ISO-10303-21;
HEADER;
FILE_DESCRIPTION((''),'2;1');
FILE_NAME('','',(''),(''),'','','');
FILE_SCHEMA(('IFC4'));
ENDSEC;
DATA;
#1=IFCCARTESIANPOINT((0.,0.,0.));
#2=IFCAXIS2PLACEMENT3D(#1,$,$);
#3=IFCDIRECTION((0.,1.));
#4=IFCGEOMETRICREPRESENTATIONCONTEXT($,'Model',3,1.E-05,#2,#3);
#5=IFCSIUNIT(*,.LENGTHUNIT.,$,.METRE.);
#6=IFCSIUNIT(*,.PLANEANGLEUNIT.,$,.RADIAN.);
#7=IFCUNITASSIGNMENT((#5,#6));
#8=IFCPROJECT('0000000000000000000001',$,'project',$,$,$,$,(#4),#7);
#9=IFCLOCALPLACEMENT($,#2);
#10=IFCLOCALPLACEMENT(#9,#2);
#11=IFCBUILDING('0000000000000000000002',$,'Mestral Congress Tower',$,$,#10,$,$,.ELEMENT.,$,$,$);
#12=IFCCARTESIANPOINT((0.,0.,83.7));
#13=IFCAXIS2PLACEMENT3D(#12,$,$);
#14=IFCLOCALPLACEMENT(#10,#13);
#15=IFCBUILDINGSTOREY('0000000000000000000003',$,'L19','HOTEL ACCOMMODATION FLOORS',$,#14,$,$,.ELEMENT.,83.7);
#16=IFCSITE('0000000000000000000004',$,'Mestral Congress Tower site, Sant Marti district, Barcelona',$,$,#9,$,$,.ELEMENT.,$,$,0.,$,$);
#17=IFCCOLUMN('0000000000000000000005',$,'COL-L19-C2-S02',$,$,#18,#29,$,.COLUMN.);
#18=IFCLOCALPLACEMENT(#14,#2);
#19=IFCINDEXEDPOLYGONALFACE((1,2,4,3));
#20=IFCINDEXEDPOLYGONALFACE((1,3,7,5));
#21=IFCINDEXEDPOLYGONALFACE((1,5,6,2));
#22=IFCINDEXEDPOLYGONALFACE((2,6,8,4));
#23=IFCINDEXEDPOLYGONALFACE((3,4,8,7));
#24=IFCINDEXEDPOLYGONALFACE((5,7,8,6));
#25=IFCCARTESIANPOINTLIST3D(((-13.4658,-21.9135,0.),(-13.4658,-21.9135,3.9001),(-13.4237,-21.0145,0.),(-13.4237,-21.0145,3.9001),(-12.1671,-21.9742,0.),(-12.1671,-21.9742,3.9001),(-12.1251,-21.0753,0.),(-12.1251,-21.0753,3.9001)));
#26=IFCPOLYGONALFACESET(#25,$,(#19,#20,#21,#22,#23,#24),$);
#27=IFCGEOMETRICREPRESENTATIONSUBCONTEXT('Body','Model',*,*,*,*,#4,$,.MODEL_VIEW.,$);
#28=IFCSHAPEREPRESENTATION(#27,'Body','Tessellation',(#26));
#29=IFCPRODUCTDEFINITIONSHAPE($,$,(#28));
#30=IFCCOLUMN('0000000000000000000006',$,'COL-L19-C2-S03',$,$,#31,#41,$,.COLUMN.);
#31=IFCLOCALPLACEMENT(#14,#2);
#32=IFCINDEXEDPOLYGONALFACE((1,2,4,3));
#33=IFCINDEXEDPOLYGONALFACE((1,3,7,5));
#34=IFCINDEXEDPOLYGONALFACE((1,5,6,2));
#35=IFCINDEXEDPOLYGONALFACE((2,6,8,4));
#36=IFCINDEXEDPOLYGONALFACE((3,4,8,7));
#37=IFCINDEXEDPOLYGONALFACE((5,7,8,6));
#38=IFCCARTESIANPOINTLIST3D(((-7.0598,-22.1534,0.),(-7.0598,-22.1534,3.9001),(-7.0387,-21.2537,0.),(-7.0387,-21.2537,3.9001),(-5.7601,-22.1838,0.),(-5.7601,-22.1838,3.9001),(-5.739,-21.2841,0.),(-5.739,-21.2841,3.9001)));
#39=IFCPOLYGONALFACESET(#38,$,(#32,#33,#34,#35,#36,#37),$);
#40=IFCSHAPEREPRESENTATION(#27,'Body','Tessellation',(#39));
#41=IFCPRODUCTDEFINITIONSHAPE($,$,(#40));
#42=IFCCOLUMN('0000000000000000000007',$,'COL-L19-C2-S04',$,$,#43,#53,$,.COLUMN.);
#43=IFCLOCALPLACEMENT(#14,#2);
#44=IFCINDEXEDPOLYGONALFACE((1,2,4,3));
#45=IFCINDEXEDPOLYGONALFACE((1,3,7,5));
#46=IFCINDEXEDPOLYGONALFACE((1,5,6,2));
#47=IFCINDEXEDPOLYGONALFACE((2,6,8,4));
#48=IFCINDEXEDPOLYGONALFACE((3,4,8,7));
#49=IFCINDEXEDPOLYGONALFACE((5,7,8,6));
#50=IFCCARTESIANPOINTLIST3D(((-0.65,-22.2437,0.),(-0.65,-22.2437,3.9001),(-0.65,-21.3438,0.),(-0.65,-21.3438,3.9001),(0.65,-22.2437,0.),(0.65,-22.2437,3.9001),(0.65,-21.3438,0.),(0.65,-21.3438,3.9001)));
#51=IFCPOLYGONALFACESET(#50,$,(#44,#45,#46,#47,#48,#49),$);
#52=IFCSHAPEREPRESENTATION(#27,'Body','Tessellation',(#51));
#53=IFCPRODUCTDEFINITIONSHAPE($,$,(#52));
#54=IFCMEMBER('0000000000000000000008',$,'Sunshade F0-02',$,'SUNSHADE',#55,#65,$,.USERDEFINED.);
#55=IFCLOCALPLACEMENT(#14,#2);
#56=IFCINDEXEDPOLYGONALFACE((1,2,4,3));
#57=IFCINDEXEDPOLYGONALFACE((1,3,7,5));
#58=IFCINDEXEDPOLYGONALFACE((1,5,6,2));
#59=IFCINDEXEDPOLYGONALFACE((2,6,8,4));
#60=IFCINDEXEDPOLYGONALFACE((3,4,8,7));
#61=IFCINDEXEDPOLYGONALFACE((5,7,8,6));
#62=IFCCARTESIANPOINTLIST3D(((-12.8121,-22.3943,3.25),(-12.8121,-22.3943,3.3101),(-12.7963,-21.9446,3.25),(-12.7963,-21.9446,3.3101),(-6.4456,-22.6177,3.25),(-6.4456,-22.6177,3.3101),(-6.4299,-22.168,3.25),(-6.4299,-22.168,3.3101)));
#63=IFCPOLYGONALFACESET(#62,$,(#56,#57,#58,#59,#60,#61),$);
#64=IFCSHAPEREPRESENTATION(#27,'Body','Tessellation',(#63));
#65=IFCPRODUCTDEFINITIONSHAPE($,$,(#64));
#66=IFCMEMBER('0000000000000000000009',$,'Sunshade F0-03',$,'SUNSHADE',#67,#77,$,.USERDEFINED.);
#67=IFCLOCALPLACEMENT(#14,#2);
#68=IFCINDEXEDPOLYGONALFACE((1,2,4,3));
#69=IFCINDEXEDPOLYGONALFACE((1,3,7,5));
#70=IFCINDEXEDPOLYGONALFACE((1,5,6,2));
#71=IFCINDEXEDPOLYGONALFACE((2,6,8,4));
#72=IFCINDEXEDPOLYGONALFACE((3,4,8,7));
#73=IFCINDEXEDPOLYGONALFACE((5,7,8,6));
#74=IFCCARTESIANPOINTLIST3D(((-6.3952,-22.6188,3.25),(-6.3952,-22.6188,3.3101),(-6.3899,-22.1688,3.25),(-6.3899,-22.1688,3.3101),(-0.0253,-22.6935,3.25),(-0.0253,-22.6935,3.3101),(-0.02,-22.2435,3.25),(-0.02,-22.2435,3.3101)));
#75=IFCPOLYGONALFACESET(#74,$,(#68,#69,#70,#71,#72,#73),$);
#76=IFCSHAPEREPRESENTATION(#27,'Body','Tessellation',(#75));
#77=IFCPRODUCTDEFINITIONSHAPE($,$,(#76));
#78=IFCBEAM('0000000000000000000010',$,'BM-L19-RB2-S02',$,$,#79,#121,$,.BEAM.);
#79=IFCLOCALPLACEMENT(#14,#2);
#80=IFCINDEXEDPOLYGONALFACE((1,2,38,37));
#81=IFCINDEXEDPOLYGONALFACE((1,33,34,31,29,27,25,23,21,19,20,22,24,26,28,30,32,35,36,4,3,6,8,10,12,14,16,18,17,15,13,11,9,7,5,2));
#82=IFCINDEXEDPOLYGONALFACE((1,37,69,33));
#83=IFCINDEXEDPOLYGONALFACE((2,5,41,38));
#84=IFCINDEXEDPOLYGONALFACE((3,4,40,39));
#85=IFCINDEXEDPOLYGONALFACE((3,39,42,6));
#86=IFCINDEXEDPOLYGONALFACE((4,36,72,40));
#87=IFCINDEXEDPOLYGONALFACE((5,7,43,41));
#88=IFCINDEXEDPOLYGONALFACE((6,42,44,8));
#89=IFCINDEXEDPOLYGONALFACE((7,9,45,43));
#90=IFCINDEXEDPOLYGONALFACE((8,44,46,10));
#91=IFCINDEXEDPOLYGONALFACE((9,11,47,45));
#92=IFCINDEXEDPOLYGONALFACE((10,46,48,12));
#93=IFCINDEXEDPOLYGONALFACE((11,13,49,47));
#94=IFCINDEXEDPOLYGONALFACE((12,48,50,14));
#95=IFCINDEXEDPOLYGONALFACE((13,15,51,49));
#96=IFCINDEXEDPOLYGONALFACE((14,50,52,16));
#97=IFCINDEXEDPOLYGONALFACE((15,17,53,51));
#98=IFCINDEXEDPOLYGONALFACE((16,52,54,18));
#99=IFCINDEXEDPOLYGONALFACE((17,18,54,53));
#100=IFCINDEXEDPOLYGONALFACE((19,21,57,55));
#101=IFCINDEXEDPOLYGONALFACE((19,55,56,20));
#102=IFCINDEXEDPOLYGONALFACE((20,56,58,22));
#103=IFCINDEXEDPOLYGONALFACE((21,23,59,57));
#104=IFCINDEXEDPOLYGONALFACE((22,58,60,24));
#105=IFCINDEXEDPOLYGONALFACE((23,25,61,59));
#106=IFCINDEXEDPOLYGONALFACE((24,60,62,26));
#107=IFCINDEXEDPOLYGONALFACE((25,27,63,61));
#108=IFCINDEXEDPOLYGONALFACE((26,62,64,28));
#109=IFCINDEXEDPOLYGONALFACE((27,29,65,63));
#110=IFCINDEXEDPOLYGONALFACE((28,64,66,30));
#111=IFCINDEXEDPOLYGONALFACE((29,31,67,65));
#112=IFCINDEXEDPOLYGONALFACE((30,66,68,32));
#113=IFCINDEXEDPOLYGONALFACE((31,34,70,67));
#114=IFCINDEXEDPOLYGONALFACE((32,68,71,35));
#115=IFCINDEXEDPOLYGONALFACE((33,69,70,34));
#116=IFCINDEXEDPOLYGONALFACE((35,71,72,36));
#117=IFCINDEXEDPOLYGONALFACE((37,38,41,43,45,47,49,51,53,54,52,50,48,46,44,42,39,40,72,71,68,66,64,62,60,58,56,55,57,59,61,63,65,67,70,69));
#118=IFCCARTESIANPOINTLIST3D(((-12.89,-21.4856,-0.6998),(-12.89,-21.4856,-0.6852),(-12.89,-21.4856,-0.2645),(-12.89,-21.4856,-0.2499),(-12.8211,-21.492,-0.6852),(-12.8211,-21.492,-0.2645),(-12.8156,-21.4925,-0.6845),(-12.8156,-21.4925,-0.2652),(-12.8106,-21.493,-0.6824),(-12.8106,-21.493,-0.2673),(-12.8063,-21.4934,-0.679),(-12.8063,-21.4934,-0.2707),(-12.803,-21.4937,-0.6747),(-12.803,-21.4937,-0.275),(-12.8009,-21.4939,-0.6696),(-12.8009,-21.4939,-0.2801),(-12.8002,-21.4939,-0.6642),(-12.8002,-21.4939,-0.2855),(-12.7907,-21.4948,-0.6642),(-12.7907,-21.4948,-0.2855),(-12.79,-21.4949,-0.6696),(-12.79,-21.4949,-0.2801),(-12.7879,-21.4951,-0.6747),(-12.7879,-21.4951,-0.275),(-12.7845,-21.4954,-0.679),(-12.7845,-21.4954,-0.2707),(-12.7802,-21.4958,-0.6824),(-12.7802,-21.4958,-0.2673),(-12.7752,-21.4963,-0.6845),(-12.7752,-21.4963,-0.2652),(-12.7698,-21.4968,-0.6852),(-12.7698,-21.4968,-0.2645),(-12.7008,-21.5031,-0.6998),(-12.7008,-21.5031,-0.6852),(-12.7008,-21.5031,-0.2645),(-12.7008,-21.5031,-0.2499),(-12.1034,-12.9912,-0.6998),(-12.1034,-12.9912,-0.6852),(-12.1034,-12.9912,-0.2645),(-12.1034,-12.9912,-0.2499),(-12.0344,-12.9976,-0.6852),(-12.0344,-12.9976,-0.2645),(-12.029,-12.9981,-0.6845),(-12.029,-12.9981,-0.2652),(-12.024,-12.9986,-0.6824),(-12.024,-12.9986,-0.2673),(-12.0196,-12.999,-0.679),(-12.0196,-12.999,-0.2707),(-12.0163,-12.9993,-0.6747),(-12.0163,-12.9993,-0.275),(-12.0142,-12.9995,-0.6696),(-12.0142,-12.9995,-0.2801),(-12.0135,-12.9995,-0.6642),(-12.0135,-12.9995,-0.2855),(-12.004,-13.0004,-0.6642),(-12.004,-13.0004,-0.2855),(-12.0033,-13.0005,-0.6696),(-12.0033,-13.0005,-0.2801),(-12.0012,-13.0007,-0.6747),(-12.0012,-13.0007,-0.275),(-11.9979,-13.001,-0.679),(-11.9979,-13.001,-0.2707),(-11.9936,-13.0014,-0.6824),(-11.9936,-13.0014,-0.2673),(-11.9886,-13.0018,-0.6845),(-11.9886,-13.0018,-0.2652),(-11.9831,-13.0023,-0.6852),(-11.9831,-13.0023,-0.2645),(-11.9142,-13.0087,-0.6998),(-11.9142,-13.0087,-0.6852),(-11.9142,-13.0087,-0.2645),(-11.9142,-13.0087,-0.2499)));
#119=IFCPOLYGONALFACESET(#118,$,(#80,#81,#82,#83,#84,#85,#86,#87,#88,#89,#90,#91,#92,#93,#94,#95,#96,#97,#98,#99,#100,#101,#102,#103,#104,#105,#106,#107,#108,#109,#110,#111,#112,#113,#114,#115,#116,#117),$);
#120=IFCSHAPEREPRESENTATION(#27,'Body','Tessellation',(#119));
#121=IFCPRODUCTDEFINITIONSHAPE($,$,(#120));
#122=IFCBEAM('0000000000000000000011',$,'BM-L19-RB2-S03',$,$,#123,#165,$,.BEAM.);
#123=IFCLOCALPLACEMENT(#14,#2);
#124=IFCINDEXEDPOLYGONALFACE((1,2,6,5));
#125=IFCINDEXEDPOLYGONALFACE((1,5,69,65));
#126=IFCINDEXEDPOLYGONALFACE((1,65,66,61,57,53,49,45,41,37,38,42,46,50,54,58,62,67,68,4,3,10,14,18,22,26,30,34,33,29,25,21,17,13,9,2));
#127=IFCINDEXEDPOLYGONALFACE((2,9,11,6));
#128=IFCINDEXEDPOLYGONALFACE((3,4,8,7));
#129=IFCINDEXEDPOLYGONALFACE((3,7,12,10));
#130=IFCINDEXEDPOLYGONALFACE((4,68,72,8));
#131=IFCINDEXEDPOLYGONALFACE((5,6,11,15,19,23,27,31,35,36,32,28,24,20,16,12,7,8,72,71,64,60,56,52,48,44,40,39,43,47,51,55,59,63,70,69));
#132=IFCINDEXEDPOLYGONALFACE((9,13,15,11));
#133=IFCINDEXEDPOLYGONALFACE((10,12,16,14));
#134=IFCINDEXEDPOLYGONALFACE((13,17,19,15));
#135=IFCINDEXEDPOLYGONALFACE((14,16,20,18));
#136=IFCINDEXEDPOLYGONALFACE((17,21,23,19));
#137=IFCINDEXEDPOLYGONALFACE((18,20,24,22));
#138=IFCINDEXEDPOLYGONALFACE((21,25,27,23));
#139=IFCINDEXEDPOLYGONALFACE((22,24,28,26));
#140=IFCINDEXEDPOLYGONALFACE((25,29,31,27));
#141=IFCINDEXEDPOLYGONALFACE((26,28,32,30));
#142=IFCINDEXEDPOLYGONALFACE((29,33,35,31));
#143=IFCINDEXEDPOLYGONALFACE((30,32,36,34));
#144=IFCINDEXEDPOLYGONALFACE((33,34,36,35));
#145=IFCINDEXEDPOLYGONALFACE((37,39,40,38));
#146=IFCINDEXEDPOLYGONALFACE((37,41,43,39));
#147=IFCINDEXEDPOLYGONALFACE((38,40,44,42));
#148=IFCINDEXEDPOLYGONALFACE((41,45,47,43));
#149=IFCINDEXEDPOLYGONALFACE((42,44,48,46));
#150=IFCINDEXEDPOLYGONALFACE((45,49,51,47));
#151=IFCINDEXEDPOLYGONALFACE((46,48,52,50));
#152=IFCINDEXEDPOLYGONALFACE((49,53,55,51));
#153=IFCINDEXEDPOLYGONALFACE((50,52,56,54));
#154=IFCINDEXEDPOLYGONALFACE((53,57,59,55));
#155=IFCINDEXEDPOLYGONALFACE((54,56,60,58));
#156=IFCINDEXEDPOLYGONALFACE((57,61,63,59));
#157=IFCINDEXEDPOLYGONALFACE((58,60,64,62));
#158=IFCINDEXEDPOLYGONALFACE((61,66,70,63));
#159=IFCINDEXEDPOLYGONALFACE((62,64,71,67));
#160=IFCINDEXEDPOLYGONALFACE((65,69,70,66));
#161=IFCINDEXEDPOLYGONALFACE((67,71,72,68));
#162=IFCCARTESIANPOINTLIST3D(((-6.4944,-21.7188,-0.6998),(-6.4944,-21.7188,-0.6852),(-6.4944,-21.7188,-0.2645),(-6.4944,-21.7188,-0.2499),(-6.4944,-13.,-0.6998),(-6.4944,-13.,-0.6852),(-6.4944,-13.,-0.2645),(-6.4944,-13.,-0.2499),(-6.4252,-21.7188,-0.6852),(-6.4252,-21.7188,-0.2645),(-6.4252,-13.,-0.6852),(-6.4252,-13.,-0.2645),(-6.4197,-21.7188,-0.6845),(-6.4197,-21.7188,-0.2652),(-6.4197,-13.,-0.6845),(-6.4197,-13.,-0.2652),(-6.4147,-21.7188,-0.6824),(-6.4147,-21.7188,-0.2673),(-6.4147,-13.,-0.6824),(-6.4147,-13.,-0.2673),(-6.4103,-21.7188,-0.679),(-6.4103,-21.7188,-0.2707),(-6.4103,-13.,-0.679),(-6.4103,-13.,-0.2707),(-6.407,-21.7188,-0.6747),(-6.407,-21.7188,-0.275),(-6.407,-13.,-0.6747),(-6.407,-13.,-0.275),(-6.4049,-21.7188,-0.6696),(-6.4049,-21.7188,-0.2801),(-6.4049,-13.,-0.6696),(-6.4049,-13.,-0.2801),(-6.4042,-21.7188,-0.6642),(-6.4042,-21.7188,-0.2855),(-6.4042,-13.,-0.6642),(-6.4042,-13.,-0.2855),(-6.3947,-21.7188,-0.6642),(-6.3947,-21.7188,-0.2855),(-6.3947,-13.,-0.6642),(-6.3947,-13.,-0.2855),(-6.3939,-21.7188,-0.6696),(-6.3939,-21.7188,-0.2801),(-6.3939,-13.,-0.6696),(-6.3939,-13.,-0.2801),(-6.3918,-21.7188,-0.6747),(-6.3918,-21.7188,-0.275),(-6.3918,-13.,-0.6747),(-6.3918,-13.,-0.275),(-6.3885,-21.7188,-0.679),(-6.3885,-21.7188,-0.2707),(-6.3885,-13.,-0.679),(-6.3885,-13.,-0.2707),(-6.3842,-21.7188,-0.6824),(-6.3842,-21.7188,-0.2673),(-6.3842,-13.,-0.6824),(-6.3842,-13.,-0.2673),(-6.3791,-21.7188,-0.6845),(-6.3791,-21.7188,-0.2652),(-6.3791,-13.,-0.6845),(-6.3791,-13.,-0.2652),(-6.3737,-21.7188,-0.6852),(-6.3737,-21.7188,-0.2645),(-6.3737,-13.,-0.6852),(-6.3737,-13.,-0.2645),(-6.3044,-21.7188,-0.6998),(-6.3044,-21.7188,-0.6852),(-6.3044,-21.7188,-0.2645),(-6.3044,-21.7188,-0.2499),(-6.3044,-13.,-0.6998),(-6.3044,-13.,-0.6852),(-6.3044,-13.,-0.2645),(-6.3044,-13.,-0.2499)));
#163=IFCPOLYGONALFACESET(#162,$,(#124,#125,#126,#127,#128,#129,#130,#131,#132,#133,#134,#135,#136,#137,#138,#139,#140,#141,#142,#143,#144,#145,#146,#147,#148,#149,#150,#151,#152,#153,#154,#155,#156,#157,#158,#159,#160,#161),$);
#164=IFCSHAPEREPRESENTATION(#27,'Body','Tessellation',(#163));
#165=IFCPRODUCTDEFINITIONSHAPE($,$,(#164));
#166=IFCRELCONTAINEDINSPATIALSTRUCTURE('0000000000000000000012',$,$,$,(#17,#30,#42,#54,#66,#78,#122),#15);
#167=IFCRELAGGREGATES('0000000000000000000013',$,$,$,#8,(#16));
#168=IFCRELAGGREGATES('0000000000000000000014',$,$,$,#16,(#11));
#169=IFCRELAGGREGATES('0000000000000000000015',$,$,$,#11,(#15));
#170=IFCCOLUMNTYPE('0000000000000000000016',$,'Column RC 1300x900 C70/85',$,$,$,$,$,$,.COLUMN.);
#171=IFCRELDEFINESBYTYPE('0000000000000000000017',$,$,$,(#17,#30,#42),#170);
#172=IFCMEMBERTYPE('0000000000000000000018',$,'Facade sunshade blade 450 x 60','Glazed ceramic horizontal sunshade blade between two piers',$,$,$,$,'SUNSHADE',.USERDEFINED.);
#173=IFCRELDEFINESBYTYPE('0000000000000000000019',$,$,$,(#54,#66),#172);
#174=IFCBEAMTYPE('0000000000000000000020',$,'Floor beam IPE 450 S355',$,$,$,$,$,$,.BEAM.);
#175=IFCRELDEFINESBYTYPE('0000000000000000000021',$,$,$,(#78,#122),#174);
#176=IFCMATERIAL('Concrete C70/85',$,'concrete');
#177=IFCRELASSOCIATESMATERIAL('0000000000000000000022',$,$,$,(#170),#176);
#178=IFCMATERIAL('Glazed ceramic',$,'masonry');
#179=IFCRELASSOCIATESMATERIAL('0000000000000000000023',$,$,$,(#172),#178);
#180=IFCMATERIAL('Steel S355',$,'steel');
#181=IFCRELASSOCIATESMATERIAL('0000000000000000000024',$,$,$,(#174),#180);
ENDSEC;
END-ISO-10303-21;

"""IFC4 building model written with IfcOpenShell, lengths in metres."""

from ifc_helpers import new_model, si_unit, direction, frame, origin, origin_2d, place, context, subcontext, project, spatial, rectangle, i_section, extrude, material, material_profile, profile_set, type_object, element, save


model = new_model("IFC4")

# Units and contexts
model_context = context("Model", 3, precision=1e-05, world=origin(), true_north=direction((0.0, 1.0)))
body_context = subcontext(model_context, "Body", "Model", "MODEL_VIEW")
ifc_project = project(units=[si_unit("LENGTHUNIT", "METRE"), si_unit("PLANEANGLEUNIT", "RADIAN")], contexts=[model_context])

# Site, building, storey
site_placement = place(None, origin())
site = spatial("IfcSite", under=ifc_project, at=site_placement, Name="Mestral Congress Tower site, Sant Marti district, Barcelona", CompositionType="ELEMENT", RefElevation=0.0)
building_placement = place(site_placement, origin())
building = spatial("IfcBuilding", under=site, at=building_placement, Name="Mestral Congress Tower", CompositionType="ELEMENT")
storey_placement = place(building_placement, frame((0.0, 0.0, 83.7)))
storey = spatial("IfcBuildingStorey", under=building, at=storey_placement, Name="L19", Description="HOTEL ACCOMMODATION FLOORS", CompositionType="ELEMENT", Elevation=83.7)

# Columns
ifc_material_1 = material(Name="Concrete C70/85", Category="concrete")
ifc_material_profile_1 = material_profile(ifc_material_1, rectangle(XDim=1.3, YDim=0.8999, at=origin_2d()), Name="RC 1300x900")
ifc_profile_set_1 = profile_set([ifc_material_profile_1], Name="Concrete C70/85")
column_type = type_object("IfcColumnType", Name="Column RC 1300x900 C70/85", PredefinedType="COLUMN", material=ifc_profile_set_1)
for number, where, z_axis, x_axis, name in (
    (1, (-12.7954, -21.4944, 0.0), (0.0, 0.0, 1.0), (0.998906, -0.046756, 0.0), "COL-L19-C2-S02"),
    (2, (-6.3994, -21.7188, 0.0), (0.0, 0.0, 1.0), (0.999727, -0.023384, 0.0), "COL-L19-C2-S03"),
    (3, (0.0, -21.7937, 0.0), (0.0, 0.0, 1.0), (1.0, 0.0, 0.0), "COL-L19-C2-S04"),
):
    element("IfcColumn", number, at=place(storey_placement, frame(where, z_axis=z_axis, x_axis=x_axis)), inside=storey, type_object=column_type, Name=name, PredefinedType="COLUMN", context=body_context, shape_type="SweptSolid", body=[
        extrude(rectangle(XDim=1.3, YDim=0.8999, at=origin_2d()), origin(), (0.0, 0.0, 1.0), 3.9001),
    ])

# Members
ifc_material_2 = material(Name="Glazed ceramic", Category="masonry")
ifc_material_profile_2 = material_profile(ifc_material_2, rectangle(XDim=0.45, YDim=0.0601, at=origin_2d()), Name="Ceramic blade 450 x 60")
ifc_profile_set_2 = profile_set([ifc_material_profile_2], Name="Glazed ceramic")
member_type = type_object("IfcMemberType", Name="Facade sunshade blade 450 x 60", Description="Glazed ceramic horizontal sunshade blade between two piers", ElementType="SUNSHADE", PredefinedType="USERDEFINED", material=ifc_profile_set_2)
for number, where, z_axis, x_axis, name in (
    (4, (-12.8042, -22.1694, 3.28), (0.999385, -0.035067, 0.0), (0.035067, 0.999385, 0.0), "Sunshade F0-02"),
    (5, (-6.3926, -22.3938, 3.28), (0.999931, -0.011727, 0.0), (0.011727, 0.999931, 0.0), "Sunshade F0-03"),
):
    element("IfcMember", number, at=place(storey_placement, frame(where, z_axis=z_axis, x_axis=x_axis)), inside=storey, type_object=member_type, Name=name, ObjectType="SUNSHADE", PredefinedType="USERDEFINED", context=body_context, shape_type="SweptSolid", body=[
        extrude(rectangle(XDim=0.45, YDim=0.0601, at=origin_2d()), origin(), (0.0, 0.0, 1.0), 6.3704),
    ])

# Beams
ifc_material_3 = material(Name="Steel S355", Category="steel")
ifc_material_profile_3 = material_profile(ifc_material_3, i_section(OverallWidth=0.1899, OverallDepth=0.45, WebThickness=0.0095, FlangeThickness=0.0146, FilletRadius=0.021, at=origin_2d()), Name="IPE 450")
ifc_profile_set_3 = profile_set([ifc_material_profile_3], Name="Steel S355")
beam_type = type_object("IfcBeamType", Name="Floor beam IPE 450 S355", PredefinedType="BEAM", material=ifc_profile_set_3)
beam_1_placement = place(storey_placement, frame((-12.7954, -21.4944, -0.4749), z_axis=(0.09221, 0.99574, 0.0), x_axis=(-0.99574, 0.09221, 0.0)))
element("IfcBeam", 6, at=beam_1_placement, inside=storey, type_object=beam_type, Name="BM-L19-RB2-S02", PredefinedType="BEAM", context=body_context, shape_type="SweptSolid", body=[
    extrude(i_section(OverallWidth=0.1899, OverallDepth=0.45, WebThickness=0.0095, FlangeThickness=0.0146, FilletRadius=0.021, at=origin_2d()), origin(), (0.0, 0.0, 1.0), 8.5308),
])
beam_2_placement = place(storey_placement, frame((-6.3994, -21.7188, -0.4749), z_axis=(0.0, 1.0, 0.0), x_axis=(-1.0, 0.0, 0.0)))
element("IfcBeam", 7, at=beam_2_placement, inside=storey, type_object=beam_type, Name="BM-L19-RB2-S03", PredefinedType="BEAM", context=body_context, shape_type="SweptSolid", body=[
    extrude(i_section(OverallWidth=0.1899, OverallDepth=0.45, WebThickness=0.0095, FlangeThickness=0.0146, FilletRadius=0.021, at=origin_2d()), origin(), (0.0, 0.0, 1.0), 8.7188),
])

save(model, "model.ifc")
